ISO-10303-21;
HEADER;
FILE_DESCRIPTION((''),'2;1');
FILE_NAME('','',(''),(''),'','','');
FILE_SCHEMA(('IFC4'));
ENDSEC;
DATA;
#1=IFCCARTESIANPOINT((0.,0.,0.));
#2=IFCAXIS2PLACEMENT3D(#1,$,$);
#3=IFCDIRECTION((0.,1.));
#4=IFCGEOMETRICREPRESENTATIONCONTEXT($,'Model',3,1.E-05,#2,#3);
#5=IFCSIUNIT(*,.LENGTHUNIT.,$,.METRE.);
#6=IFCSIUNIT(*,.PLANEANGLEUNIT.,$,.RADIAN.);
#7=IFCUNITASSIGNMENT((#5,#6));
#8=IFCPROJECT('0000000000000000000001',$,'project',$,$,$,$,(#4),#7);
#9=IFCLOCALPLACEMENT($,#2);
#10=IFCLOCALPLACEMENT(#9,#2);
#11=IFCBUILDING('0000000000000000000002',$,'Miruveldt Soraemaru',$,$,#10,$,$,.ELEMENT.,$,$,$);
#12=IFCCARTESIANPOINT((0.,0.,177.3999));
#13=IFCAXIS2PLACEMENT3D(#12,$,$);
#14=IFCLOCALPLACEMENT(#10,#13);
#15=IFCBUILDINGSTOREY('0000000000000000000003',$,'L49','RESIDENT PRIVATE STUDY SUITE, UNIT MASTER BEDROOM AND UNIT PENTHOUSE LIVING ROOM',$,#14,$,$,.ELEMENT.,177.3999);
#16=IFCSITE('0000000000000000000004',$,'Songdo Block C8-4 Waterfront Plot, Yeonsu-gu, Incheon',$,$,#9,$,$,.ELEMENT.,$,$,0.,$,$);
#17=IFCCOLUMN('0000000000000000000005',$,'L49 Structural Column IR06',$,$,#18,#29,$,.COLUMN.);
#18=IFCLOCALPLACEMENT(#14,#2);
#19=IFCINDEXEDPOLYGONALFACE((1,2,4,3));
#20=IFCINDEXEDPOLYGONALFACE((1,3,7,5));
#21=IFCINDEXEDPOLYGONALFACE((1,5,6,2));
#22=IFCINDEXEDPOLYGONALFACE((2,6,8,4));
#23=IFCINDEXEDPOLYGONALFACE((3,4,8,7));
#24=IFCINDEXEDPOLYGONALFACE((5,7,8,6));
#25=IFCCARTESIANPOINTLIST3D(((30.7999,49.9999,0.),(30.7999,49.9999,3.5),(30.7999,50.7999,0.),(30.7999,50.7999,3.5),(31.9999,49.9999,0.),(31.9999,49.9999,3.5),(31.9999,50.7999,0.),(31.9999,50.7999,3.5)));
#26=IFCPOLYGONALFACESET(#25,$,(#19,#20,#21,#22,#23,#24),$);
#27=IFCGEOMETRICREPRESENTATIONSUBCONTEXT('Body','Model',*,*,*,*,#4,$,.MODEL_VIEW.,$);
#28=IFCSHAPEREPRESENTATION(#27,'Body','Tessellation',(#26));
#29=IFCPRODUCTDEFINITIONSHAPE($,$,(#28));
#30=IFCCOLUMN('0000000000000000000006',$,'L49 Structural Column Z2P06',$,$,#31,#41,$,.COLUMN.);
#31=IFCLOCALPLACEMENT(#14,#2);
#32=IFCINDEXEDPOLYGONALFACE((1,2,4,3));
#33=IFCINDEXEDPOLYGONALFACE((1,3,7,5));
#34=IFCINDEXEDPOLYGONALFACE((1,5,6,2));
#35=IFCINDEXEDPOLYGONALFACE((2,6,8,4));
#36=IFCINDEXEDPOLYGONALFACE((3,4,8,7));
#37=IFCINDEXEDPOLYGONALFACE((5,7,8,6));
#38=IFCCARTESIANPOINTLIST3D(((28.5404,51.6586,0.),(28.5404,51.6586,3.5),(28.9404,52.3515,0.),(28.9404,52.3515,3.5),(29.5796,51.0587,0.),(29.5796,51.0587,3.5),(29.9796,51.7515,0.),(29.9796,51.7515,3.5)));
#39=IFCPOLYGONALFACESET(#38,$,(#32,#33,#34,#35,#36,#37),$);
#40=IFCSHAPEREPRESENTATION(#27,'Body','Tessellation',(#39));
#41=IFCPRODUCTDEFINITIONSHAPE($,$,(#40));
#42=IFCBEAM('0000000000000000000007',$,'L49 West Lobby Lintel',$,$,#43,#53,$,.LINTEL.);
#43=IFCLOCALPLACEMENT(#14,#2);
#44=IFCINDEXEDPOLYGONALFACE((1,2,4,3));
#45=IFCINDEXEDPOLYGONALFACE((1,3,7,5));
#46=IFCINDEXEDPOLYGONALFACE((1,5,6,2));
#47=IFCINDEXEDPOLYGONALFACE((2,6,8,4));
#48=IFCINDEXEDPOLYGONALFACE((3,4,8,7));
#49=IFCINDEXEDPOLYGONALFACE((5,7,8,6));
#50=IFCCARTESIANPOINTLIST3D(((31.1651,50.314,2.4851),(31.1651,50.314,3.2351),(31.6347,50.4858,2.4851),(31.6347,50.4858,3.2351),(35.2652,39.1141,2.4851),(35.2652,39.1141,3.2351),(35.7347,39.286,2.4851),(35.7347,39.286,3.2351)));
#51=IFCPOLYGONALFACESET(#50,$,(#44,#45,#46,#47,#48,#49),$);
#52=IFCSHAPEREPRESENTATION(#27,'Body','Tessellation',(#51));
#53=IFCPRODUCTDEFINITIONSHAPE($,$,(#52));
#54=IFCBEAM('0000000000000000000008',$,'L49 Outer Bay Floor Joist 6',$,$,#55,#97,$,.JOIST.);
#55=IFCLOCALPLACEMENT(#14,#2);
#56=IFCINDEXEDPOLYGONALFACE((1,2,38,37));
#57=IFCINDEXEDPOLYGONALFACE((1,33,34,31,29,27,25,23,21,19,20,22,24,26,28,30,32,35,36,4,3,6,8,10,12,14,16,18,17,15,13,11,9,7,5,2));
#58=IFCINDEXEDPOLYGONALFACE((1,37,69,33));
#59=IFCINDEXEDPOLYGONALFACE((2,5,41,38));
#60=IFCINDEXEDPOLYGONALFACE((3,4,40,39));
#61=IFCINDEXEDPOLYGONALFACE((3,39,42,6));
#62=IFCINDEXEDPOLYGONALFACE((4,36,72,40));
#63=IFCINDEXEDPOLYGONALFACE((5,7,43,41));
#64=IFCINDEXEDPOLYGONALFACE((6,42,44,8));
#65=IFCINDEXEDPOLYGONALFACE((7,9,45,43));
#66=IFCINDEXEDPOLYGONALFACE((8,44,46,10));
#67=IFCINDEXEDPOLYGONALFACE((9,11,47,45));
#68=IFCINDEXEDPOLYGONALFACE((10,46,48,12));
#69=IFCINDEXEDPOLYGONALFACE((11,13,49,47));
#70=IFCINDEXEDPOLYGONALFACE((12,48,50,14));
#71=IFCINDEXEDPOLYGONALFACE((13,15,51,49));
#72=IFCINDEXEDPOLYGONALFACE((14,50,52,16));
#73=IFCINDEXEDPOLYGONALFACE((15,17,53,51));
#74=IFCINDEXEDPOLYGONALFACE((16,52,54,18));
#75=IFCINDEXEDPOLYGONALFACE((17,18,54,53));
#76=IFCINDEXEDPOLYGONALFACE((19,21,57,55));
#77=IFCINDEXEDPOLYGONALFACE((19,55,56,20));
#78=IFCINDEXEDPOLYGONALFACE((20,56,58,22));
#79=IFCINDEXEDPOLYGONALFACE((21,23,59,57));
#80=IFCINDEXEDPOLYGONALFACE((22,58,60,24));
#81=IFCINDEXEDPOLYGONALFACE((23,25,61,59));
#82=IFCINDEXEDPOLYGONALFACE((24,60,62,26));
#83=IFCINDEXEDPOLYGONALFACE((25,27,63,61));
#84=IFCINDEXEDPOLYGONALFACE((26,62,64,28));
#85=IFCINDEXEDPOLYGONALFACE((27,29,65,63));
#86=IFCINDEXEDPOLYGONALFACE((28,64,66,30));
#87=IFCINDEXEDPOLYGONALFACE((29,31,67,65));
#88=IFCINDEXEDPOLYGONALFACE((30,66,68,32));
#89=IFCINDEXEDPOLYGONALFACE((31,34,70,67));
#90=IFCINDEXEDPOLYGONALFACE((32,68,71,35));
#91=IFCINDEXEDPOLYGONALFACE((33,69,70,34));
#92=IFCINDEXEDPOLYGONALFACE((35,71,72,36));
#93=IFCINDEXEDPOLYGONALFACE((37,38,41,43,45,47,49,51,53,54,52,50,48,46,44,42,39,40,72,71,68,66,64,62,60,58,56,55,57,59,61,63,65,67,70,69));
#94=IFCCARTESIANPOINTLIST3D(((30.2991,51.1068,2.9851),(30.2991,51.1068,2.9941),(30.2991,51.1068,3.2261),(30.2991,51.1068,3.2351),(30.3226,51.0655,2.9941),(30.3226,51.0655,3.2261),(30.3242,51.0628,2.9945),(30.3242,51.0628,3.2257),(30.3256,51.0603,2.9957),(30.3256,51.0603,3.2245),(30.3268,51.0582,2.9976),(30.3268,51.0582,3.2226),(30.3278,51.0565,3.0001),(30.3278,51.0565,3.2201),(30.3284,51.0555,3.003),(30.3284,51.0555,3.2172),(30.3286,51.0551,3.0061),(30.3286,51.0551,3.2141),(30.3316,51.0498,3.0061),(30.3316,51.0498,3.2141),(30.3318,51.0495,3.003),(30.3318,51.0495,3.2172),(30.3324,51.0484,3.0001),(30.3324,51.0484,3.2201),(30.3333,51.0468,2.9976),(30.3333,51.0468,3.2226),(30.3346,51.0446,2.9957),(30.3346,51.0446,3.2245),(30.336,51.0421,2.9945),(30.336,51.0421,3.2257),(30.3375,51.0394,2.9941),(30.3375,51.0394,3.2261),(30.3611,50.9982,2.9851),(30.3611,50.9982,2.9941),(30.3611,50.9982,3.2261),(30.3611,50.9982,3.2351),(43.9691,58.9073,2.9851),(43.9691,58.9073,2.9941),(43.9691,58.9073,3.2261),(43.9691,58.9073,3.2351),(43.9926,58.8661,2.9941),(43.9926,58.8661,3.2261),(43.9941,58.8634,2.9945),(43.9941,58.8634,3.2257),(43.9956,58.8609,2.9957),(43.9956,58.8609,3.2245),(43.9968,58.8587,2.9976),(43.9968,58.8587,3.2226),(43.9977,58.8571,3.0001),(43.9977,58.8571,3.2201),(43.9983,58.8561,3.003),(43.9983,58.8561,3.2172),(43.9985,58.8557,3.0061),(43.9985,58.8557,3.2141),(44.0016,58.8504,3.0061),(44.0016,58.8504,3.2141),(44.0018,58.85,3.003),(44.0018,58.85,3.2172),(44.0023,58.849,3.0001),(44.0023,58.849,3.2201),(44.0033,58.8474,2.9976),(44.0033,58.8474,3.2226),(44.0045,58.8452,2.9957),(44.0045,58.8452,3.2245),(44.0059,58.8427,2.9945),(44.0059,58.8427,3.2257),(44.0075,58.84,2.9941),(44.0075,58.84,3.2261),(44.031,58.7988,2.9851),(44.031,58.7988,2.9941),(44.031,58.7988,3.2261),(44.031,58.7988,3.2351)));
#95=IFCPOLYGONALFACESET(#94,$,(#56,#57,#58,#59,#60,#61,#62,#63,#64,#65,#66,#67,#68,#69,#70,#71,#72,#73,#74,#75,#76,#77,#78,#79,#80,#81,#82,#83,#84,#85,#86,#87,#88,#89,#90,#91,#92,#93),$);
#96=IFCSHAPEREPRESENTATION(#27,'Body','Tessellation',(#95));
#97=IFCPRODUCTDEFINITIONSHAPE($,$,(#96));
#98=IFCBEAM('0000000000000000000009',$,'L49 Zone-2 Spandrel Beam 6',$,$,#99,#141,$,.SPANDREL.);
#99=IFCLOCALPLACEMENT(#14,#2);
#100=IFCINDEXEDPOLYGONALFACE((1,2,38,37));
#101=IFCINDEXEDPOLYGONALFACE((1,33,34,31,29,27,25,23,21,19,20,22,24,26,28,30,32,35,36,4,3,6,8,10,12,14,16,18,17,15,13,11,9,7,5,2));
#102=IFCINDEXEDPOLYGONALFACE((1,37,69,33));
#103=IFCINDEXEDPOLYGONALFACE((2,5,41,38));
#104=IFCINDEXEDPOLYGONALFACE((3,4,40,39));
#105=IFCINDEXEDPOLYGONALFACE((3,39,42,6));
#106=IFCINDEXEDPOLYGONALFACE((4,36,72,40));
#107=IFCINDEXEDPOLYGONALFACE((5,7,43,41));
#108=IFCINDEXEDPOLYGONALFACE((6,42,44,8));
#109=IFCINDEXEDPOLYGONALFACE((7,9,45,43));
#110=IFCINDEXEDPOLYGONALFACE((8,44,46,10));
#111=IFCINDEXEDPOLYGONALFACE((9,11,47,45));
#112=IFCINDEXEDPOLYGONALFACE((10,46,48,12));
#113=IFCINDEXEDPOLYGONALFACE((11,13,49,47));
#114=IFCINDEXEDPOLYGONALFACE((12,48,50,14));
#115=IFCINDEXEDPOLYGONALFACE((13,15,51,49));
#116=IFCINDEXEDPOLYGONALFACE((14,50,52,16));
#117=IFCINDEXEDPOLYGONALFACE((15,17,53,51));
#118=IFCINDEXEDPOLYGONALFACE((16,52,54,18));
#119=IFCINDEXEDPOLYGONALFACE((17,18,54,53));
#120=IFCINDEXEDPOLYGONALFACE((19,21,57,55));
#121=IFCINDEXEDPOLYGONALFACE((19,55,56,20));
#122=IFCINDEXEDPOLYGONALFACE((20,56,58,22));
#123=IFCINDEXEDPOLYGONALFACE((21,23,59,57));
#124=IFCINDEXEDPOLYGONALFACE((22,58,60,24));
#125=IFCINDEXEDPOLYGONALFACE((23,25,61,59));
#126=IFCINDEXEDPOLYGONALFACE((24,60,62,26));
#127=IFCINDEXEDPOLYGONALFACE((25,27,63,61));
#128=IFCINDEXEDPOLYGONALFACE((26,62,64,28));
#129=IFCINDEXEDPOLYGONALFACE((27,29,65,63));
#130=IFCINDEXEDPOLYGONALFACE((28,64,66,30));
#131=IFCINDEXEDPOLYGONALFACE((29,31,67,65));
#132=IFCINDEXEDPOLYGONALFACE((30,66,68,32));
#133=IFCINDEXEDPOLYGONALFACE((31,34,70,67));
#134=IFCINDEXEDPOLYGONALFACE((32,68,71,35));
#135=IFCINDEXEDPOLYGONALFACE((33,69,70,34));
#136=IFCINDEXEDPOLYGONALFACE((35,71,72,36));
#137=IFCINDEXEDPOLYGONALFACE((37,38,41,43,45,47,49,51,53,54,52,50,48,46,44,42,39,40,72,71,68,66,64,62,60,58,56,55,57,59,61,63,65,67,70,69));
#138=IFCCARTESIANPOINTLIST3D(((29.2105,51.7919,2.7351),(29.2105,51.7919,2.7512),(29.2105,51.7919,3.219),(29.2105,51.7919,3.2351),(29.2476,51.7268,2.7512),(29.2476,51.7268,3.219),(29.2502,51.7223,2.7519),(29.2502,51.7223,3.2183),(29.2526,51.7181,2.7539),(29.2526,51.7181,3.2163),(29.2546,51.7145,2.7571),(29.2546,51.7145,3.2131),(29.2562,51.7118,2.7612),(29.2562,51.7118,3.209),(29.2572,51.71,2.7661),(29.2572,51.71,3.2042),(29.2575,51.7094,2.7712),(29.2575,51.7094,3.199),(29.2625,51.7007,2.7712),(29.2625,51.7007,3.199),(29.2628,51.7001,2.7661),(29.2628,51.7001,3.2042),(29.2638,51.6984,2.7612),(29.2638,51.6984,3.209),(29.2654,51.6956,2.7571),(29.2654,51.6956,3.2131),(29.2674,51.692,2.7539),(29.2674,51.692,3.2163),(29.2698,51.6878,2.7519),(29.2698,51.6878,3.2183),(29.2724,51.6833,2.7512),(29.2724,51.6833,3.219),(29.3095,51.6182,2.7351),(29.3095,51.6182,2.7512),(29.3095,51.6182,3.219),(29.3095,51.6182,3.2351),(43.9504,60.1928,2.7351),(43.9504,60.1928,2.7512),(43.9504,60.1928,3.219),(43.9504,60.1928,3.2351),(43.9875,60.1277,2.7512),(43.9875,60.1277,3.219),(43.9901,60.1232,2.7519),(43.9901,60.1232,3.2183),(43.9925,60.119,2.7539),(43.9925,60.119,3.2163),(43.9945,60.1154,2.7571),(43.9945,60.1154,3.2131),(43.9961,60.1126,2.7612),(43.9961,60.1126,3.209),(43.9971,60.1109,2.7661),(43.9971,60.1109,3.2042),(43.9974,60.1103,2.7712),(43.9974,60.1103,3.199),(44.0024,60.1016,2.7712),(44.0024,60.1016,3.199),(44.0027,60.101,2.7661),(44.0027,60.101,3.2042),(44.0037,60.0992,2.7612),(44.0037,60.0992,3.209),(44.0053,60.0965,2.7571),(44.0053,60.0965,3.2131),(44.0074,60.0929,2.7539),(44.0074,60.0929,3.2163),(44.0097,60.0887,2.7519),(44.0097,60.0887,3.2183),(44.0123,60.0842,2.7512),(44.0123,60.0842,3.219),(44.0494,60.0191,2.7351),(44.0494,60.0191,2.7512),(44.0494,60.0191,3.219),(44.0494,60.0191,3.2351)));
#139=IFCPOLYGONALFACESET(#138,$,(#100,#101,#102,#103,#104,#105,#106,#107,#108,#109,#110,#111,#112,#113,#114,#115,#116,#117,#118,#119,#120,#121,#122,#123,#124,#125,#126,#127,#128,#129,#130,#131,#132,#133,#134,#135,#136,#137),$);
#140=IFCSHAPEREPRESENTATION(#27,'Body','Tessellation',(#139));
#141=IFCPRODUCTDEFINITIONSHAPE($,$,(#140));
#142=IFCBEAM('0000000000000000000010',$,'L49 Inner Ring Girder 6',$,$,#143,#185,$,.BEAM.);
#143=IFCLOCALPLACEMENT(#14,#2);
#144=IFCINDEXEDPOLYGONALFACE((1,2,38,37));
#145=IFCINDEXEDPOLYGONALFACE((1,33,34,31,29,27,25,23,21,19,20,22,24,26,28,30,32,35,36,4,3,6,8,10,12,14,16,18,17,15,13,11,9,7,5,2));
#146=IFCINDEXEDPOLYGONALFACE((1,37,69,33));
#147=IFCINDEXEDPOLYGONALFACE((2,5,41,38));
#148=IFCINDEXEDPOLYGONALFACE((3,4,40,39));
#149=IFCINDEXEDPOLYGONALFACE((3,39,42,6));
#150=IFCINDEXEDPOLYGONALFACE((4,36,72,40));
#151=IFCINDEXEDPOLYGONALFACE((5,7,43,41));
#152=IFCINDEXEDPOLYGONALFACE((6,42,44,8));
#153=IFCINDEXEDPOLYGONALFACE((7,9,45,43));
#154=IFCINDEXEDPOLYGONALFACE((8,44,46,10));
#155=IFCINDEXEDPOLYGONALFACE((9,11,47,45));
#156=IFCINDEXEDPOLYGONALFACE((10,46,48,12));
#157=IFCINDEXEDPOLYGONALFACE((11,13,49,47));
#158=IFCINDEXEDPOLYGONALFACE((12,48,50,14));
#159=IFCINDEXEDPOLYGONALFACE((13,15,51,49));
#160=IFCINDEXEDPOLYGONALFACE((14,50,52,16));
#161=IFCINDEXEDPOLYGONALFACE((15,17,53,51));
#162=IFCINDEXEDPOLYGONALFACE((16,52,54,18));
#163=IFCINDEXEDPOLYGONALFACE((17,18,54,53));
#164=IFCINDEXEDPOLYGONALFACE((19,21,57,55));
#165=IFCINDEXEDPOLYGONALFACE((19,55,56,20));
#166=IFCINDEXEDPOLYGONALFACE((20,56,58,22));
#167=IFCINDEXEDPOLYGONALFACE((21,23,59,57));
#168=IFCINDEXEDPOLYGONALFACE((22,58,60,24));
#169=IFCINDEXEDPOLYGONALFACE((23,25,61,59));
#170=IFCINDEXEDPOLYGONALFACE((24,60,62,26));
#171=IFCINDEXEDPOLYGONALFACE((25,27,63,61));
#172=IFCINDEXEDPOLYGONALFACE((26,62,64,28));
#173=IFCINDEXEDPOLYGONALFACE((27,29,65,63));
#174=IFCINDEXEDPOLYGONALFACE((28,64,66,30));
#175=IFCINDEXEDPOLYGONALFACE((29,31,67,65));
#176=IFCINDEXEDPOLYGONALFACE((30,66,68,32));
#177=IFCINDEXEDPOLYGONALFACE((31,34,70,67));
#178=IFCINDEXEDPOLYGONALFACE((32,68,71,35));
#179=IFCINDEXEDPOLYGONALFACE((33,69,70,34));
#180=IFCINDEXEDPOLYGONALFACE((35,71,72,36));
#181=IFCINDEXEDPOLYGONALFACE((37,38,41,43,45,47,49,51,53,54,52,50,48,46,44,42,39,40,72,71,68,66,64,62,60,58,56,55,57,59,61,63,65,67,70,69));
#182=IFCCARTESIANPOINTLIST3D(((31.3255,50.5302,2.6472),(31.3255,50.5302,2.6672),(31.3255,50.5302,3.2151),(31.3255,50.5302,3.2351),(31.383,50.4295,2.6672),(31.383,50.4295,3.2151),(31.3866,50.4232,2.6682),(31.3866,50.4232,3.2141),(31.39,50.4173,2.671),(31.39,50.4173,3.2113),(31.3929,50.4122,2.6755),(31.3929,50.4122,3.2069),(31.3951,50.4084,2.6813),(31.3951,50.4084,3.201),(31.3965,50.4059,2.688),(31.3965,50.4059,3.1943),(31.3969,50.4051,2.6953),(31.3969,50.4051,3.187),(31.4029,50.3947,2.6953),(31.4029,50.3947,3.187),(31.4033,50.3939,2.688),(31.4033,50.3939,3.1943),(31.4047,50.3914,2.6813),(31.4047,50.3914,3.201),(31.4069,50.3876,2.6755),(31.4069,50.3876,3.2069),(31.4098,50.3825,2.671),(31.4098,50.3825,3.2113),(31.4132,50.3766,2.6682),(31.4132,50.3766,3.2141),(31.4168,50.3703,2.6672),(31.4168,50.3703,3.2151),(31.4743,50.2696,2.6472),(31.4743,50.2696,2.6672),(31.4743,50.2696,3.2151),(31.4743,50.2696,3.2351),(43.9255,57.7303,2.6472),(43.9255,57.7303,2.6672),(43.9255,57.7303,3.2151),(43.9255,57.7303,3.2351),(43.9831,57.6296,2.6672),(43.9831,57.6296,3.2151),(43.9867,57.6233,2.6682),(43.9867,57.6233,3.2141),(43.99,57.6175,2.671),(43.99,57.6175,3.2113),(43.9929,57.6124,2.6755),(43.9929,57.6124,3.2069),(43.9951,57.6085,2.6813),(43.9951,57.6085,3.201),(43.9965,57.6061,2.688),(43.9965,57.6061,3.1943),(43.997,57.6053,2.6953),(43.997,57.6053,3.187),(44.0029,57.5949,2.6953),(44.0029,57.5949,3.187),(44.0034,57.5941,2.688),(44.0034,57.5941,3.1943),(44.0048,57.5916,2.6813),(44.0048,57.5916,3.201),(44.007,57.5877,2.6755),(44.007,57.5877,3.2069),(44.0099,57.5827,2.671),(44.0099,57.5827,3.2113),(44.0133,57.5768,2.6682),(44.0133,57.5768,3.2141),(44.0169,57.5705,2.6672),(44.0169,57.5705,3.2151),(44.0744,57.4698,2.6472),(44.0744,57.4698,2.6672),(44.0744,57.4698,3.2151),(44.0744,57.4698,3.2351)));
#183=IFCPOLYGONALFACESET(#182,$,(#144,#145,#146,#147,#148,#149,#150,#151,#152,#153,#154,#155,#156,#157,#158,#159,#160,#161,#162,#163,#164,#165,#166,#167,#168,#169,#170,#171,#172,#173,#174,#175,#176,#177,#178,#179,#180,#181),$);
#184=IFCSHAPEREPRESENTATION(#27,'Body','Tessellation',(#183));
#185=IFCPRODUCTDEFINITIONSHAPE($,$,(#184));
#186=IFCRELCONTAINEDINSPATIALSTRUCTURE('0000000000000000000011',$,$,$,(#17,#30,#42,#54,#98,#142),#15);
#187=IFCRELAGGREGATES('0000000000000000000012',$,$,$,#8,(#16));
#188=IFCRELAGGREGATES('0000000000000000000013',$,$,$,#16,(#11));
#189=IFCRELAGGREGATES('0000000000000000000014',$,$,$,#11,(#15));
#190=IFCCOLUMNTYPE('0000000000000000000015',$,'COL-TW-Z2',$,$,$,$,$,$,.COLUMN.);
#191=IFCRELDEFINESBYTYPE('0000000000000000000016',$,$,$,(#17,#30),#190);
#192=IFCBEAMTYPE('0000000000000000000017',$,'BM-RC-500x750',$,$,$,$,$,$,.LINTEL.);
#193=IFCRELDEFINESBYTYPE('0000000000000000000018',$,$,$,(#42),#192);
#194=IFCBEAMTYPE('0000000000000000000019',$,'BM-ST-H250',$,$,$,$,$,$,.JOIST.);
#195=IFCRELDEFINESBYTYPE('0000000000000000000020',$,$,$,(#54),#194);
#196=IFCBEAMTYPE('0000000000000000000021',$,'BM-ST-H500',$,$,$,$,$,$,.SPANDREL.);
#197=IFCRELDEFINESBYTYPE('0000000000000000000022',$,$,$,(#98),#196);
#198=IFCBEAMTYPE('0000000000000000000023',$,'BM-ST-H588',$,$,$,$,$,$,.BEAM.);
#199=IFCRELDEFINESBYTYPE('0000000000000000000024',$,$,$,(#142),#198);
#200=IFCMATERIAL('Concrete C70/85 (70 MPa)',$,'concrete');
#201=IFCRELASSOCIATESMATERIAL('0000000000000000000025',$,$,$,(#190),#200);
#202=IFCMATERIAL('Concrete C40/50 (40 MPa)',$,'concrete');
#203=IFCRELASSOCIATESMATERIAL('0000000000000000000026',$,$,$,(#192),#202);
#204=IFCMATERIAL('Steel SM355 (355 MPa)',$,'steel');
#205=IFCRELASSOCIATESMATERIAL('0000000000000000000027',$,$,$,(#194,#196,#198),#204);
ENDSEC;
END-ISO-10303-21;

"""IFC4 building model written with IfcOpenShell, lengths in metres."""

from ifc_helpers import new_model, si_unit, direction, frame, origin, origin_2d, place, context, subcontext, project, spatial, rectangle, i_section, extrude, material, material_profile, profile_set, type_object, element, save


model = new_model("IFC4")

# Units and contexts
model_context = context("Model", 3, precision=1e-05, world=origin(), true_north=direction((0.0, 1.0)))
body_context = subcontext(model_context, "Body", "Model", "MODEL_VIEW")
ifc_project = project(units=[si_unit("LENGTHUNIT", "METRE"), si_unit("PLANEANGLEUNIT", "RADIAN")], contexts=[model_context])

# Site, building, storey
site_placement = place(None, origin())
site = spatial("IfcSite", under=ifc_project, at=site_placement, Name="Songdo Block C8-4 Waterfront Plot, Yeonsu-gu, Incheon", CompositionType="ELEMENT", RefElevation=0.0)
building_placement = place(site_placement, origin())
building = spatial("IfcBuilding", under=site, at=building_placement, Name="Miruveldt Soraemaru", CompositionType="ELEMENT")
storey_placement = place(building_placement, frame((0.0, 0.0, 177.3999)))
storey = spatial("IfcBuildingStorey", under=building, at=storey_placement, Name="L49", Description="RESIDENT PRIVATE STUDY SUITE, UNIT MASTER BEDROOM AND UNIT PENTHOUSE LIVING ROOM", CompositionType="ELEMENT", Elevation=177.3999)

# Columns
ifc_material_1 = material(Name="Concrete C70/85 (70 MPa)", Category="concrete")
ifc_material_profile_1 = material_profile(ifc_material_1, rectangle(XDim=1.2, YDim=0.8, at=origin_2d()), Name="Concrete C70/85 (70 MPa)", Category="concrete")
ifc_profile_set_1 = profile_set([ifc_material_profile_1], Name="Concrete C70/85 (70 MPa)")
column_type = type_object("IfcColumnType", Name="COL-TW-Z2", PredefinedType="COLUMN", material=ifc_profile_set_1)
for number, where, z_axis, x_axis, name in (
    (1, (31.3999, 50.3999, 0.0), (0.0, 0.0, 1.0), (1.0, 0.0, 0.0), "L49 Structural Column IR06"),
    (2, (29.26, 51.7051, 0.0), (0.0, 0.0, 1.0), (-0.866025, 0.5, 0.0), "L49 Structural Column Z2P06"),
):
    element("IfcColumn", number, at=place(storey_placement, frame(where, z_axis=z_axis, x_axis=x_axis)), inside=storey, type_object=column_type, Name=name, PredefinedType="COLUMN", context=body_context, shape_type="SweptSolid", body=[
        extrude(rectangle(XDim=1.2, YDim=0.8, at=origin_2d()), origin(), (0.0, 0.0, 1.0), 3.5),
    ])

# Beams
ifc_material_2 = material(Name="Concrete C40/50 (40 MPa)", Category="concrete")
ifc_material_profile_2 = material_profile(ifc_material_2, rectangle(XDim=0.5, YDim=0.75, at=origin_2d()), Name="Concrete C40/50 (40 MPa)", Category="concrete")
ifc_profile_set_2 = profile_set([ifc_material_profile_2], Name="Concrete C40/50 (40 MPa)")
beam_type_1 = type_object("IfcBeamType", Name="BM-RC-500x750", PredefinedType="LINTEL", material=ifc_profile_set_2)
beam_1_placement = place(storey_placement, frame((31.3999, 50.3999, 2.8601), z_axis=(0.34377, -0.939054, 0.0), x_axis=(0.939054, 0.34377, 0.0)))
element("IfcBeam", 3, at=beam_1_placement, inside=storey, type_object=beam_type_1, Name="L49 West Lobby Lintel", PredefinedType="LINTEL", context=body_context, shape_type="SweptSolid", body=[
    extrude(rectangle(XDim=0.5, YDim=0.75, at=origin_2d()), origin(), (0.0, 0.0, 1.0), 11.9268),
])
ifc_material_3 = material(Name="Steel SM355 (355 MPa)", Category="steel")
ifc_material_profile_3 = material_profile(ifc_material_3, i_section(OverallWidth=0.125, OverallDepth=0.25, WebThickness=0.0061, FlangeThickness=0.009, FilletRadius=0.012, at=origin_2d()), Name="Steel SM355 (355 MPa)", Category="steel")
ifc_profile_set_3 = profile_set([ifc_material_profile_3], Name="Steel SM355 (355 MPa)")
beam_type_2 = type_object("IfcBeamType", Name="BM-ST-H250", PredefinedType="JOIST", material=ifc_profile_set_3)
beam_2_placement = place(storey_placement, frame((30.3301, 51.0525, 3.1101), z_axis=(0.86854, 0.495619, 0.0), x_axis=(-0.495619, 0.86854, 0.0)))
element("IfcBeam", 4, at=beam_2_placement, inside=storey, type_object=beam_type_2, Name="L49 Outer Bay Floor Joist 6", PredefinedType="JOIST", context=body_context, shape_type="SweptSolid", body=[
    extrude(i_section(OverallWidth=0.125, OverallDepth=0.25, WebThickness=0.0061, FlangeThickness=0.009, FilletRadius=0.012, at=origin_2d()), origin(), (0.0, 0.0, 1.0), 15.739),
])
ifc_material_profile_4 = material_profile(ifc_material_3, i_section(OverallWidth=0.2, OverallDepth=0.5, WebThickness=0.01, FlangeThickness=0.0161, FilletRadius=0.02, at=origin_2d()), Name="Steel SM355 (355 MPa)", Category="steel")
ifc_profile_set_4 = profile_set([ifc_material_profile_4], Name="Steel SM355 (355 MPa)")
beam_type_3 = type_object("IfcBeamType", Name="BM-ST-H500", PredefinedType="SPANDREL", material=ifc_profile_set_4)
beam_3_placement = place(storey_placement, frame((29.26, 51.7051, 2.9851), z_axis=(0.8688, 0.495162, 0.0), x_axis=(-0.495162, 0.8688, 0.0)))
element("IfcBeam", 5, at=beam_3_placement, inside=storey, type_object=beam_type_3, Name="L49 Zone-2 Spandrel Beam 6", PredefinedType="SPANDREL", context=body_context, shape_type="SweptSolid", body=[
    extrude(i_section(OverallWidth=0.2, OverallDepth=0.5, WebThickness=0.01, FlangeThickness=0.0161, FilletRadius=0.02, at=origin_2d()), origin(), (0.0, 0.0, 1.0), 16.9658),
])
ifc_material_profile_5 = material_profile(ifc_material_3, i_section(OverallWidth=0.3, OverallDepth=0.5879, WebThickness=0.012, FlangeThickness=0.02, FilletRadius=0.0281, at=origin_2d()), Name="Steel SM355 (355 MPa)", Category="steel")
ifc_profile_set_5 = profile_set([ifc_material_profile_5], Name="Steel SM355 (355 MPa)")
beam_type_4 = type_object("IfcBeamType", Name="BM-ST-H588", PredefinedType="BEAM", material=ifc_profile_set_5)
beam_4_placement = place(storey_placement, frame((31.3999, 50.3999, 2.9412), z_axis=(0.868239, 0.496146, 0.0), x_axis=(-0.496146, 0.868239, 0.0)))
element("IfcBeam", 6, at=beam_4_placement, inside=storey, type_object=beam_type_4, Name="L49 Inner Ring Girder 6", PredefinedType="BEAM", context=body_context, shape_type="SweptSolid", body=[
    extrude(i_section(OverallWidth=0.3, OverallDepth=0.5879, WebThickness=0.012, FlangeThickness=0.02, FilletRadius=0.0281, at=origin_2d()), origin(), (0.0, 0.0, 1.0), 14.5122),
])

save(model, "model.ifc")
